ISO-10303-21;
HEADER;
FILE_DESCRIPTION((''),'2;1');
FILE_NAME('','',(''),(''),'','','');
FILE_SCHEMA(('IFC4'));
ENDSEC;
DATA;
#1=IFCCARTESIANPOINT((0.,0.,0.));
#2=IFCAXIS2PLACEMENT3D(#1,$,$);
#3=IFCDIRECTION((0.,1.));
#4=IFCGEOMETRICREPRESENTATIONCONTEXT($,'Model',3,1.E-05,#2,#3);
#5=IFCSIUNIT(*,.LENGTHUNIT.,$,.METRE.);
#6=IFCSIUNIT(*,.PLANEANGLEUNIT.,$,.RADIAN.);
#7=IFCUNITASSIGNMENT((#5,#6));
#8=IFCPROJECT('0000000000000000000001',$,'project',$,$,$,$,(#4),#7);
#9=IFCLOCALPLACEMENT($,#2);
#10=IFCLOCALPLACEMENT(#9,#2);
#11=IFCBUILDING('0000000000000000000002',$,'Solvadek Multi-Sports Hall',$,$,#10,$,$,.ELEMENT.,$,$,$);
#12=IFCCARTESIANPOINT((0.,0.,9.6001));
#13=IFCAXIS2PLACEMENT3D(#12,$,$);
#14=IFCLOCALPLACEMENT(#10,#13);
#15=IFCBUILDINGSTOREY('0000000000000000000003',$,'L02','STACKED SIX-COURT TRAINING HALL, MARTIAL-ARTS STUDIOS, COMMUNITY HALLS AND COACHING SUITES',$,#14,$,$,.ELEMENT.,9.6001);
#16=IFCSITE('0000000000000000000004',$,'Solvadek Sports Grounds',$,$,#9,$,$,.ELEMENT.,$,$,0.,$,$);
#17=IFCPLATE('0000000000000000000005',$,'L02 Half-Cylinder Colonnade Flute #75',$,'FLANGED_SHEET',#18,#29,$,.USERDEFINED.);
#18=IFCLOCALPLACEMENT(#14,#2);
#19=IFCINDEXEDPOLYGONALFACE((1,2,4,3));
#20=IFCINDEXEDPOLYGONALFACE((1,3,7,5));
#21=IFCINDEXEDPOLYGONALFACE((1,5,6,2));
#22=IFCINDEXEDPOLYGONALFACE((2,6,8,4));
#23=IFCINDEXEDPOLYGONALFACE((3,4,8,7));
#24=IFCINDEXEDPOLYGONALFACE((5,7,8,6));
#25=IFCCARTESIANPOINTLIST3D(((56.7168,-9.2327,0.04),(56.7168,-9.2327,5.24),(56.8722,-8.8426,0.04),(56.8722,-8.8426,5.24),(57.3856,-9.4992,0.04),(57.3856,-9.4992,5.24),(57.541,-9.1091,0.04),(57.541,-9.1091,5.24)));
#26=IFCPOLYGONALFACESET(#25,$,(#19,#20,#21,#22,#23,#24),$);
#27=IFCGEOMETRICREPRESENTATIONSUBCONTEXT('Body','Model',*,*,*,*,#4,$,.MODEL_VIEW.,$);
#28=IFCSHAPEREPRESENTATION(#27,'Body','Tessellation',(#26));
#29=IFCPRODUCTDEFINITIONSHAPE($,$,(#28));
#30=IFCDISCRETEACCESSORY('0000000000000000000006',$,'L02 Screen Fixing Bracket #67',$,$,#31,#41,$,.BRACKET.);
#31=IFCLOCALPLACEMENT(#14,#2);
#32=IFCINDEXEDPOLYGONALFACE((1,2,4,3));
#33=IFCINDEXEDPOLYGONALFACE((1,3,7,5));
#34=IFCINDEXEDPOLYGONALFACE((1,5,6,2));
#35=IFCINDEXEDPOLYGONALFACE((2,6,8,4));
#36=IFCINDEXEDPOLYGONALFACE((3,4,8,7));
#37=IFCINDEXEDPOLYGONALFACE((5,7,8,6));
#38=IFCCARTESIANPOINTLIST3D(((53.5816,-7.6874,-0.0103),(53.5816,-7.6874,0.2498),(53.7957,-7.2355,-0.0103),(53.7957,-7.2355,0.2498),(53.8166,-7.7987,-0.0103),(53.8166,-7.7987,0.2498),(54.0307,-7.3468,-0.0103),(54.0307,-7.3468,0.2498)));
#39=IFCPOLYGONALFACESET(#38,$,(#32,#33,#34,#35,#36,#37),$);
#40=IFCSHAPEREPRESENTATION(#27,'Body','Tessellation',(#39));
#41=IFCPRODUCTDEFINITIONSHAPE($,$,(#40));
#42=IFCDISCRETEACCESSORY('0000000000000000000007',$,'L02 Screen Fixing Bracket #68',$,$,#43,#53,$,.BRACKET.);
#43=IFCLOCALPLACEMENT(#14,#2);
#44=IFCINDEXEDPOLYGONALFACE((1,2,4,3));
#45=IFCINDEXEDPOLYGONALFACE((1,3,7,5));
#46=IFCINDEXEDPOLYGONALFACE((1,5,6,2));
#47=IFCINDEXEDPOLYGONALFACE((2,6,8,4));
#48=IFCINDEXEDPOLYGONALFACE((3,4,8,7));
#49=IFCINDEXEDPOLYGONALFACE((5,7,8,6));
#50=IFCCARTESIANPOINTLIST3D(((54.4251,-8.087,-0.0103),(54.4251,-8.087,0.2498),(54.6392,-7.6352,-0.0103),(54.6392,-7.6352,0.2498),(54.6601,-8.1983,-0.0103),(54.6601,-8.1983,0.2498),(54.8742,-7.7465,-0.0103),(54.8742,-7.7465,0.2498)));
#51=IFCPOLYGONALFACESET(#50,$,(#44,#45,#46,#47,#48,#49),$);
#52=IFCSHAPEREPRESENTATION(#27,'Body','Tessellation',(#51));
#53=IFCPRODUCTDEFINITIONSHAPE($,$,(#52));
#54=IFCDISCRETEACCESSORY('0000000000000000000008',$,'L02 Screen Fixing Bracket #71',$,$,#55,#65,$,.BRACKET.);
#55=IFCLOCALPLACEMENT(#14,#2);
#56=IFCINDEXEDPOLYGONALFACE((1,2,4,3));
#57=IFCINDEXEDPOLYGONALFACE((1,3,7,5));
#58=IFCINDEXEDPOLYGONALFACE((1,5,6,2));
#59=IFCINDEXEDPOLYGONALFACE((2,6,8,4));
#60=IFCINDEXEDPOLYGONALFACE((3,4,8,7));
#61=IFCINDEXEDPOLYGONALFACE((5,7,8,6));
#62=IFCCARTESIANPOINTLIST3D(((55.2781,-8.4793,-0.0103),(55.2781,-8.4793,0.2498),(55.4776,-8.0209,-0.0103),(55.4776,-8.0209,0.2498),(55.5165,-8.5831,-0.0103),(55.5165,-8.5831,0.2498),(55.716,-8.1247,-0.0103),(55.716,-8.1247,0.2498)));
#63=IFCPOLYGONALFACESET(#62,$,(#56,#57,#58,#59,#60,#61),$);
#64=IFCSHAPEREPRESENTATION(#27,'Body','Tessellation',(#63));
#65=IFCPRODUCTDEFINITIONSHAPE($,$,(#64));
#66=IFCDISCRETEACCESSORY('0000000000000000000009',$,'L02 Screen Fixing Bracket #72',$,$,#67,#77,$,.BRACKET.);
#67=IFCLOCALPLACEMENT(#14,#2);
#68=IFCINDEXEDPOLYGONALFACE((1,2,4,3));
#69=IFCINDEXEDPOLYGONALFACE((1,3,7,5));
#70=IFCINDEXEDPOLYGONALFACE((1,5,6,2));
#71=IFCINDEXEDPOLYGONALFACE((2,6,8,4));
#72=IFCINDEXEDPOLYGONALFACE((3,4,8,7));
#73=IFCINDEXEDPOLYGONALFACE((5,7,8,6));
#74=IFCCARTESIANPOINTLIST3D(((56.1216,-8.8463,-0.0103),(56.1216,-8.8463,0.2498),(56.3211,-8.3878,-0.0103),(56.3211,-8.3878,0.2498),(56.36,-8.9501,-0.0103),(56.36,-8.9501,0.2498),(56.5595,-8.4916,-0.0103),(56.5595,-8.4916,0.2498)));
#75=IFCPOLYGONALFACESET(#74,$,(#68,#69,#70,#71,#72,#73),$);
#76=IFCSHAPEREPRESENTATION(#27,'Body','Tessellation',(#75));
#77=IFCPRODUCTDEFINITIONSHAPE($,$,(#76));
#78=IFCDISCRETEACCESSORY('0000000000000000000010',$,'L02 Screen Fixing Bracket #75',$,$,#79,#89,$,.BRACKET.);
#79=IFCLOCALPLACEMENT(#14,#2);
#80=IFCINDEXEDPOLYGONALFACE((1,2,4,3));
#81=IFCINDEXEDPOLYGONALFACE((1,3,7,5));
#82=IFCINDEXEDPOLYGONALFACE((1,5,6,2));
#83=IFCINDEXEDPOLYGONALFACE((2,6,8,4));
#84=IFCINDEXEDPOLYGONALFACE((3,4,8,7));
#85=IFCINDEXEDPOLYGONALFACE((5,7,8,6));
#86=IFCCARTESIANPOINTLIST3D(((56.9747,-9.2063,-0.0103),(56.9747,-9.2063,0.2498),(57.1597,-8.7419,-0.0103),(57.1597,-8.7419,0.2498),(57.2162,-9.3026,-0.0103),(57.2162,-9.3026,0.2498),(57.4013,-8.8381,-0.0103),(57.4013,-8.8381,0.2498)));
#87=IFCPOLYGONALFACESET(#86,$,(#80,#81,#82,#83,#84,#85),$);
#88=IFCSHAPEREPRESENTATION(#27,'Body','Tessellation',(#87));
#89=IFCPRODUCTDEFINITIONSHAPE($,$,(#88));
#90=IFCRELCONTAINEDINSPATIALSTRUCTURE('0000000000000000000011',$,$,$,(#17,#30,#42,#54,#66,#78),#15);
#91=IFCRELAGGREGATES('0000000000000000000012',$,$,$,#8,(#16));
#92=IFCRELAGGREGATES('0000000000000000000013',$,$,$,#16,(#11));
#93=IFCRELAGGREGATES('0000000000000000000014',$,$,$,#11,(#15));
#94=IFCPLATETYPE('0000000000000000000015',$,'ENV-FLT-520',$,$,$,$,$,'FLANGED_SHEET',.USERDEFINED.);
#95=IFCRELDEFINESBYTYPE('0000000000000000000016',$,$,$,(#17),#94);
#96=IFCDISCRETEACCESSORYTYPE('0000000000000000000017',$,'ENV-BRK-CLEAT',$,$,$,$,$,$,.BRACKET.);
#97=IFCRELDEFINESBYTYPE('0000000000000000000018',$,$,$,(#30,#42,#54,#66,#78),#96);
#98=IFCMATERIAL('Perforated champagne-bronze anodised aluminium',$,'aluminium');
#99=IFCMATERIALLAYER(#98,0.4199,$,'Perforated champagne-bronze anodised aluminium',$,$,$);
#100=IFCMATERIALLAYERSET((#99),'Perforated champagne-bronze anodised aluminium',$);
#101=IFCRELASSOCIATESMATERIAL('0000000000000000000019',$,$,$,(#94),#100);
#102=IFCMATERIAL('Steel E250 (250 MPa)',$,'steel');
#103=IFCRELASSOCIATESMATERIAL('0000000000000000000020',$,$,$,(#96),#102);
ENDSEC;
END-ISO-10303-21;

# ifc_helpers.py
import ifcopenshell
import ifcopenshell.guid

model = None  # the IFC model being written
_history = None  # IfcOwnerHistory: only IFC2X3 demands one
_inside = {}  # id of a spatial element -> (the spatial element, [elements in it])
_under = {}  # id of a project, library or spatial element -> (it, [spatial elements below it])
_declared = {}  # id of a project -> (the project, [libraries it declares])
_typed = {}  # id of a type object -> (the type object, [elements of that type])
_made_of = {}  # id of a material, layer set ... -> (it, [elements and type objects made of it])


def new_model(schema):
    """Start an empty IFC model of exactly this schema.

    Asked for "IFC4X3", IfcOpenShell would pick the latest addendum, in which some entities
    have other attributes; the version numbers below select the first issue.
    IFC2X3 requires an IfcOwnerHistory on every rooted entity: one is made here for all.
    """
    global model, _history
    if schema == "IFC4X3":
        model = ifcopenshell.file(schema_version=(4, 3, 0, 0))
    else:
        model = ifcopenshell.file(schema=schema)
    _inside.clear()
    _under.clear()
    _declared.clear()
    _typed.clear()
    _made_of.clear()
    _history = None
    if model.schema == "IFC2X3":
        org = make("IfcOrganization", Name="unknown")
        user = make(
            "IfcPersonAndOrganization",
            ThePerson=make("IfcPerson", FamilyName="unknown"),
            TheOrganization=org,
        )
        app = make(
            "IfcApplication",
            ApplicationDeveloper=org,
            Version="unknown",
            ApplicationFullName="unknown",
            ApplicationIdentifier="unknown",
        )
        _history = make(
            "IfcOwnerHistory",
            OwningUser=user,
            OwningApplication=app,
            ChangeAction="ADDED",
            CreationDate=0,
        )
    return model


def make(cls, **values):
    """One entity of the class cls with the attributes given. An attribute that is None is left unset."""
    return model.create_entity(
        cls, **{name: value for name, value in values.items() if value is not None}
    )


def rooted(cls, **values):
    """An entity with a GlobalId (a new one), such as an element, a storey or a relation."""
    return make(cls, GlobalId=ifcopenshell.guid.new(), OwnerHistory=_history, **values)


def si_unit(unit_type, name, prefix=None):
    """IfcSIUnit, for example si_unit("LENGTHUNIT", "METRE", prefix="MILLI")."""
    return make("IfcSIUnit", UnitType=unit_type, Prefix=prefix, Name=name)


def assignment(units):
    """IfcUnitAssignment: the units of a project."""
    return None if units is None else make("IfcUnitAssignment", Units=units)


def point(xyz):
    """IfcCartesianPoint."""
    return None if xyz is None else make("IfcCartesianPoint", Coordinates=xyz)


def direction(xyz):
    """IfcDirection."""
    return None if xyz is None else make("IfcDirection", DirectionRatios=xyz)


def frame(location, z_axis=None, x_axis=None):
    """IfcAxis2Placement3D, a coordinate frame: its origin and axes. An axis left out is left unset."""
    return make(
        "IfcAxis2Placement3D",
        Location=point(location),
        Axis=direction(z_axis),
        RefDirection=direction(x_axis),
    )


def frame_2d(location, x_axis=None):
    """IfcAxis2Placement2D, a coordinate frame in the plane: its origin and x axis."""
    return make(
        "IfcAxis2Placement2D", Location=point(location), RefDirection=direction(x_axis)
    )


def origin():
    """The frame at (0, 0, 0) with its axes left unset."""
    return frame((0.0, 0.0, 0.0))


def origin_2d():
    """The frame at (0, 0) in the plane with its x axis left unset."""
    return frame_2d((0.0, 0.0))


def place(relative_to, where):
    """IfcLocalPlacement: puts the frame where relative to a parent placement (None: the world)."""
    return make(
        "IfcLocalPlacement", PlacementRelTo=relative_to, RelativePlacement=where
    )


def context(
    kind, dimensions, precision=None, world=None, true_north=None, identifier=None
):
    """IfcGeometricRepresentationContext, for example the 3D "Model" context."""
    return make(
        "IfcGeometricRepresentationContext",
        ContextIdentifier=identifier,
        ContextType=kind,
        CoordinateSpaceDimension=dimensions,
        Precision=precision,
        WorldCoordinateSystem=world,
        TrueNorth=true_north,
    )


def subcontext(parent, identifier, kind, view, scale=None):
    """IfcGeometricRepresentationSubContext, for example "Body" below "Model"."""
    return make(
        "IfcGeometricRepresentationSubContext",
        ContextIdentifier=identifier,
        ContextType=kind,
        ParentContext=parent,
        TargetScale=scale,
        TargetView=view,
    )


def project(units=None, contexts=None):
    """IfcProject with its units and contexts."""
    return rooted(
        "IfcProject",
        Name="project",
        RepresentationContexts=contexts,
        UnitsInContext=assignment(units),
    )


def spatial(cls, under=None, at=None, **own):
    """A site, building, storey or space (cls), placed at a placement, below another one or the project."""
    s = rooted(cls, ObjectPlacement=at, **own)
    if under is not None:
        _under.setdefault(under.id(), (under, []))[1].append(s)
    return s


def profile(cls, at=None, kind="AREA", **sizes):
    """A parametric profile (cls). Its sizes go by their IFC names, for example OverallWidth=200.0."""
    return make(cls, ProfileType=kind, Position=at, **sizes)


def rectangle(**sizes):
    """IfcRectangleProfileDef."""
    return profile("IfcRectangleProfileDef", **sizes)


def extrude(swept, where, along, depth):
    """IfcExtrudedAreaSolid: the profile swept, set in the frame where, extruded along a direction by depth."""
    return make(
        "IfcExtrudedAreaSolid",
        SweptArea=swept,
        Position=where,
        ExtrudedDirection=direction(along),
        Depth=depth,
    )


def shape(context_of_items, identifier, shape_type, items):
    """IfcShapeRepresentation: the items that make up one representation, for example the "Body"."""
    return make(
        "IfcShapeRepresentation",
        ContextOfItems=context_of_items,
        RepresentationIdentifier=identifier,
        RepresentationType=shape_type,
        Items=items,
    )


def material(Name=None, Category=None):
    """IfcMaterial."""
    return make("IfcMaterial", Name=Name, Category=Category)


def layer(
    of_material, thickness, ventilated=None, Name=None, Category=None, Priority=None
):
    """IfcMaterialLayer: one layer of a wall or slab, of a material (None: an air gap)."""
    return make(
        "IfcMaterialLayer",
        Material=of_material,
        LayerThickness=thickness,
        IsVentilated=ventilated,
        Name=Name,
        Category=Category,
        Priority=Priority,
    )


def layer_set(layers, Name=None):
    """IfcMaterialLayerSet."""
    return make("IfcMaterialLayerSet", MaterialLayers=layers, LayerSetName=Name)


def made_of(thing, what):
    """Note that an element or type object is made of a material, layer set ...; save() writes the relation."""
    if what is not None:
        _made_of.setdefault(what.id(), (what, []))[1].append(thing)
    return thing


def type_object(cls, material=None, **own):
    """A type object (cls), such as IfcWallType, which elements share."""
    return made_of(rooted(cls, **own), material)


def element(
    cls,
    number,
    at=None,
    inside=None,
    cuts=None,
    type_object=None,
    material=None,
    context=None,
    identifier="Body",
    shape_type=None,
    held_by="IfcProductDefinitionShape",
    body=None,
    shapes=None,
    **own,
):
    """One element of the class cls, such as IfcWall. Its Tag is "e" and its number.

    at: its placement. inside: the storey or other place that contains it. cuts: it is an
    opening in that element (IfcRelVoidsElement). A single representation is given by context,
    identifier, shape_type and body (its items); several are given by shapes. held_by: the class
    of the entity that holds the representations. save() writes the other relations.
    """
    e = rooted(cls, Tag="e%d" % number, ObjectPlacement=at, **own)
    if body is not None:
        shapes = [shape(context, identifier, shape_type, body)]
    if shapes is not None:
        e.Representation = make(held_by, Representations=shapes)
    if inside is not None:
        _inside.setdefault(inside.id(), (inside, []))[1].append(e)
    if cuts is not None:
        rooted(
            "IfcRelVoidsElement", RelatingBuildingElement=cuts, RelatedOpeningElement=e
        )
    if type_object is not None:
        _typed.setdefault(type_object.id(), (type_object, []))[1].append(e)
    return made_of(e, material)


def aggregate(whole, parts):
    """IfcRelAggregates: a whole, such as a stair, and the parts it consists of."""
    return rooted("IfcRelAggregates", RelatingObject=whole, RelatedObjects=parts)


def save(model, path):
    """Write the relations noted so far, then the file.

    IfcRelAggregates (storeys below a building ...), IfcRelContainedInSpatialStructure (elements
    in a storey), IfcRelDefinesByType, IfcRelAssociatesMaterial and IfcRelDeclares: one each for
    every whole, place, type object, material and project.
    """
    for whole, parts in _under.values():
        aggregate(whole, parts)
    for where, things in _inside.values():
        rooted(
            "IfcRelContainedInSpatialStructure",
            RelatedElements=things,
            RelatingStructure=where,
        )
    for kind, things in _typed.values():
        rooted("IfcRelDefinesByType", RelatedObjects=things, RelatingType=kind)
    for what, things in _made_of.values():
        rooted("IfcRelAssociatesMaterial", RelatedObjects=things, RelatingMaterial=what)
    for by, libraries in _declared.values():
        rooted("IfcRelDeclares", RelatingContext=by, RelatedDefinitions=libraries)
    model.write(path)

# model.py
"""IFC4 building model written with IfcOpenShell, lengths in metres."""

from ifc_helpers import new_model, si_unit, direction, frame, origin, origin_2d, place, context, subcontext, project, spatial, rectangle, extrude, material, layer, layer_set, type_object, element, save


model = new_model("IFC4")

# Units and contexts
model_context = context("Model", 3, precision=1e-05, world=origin(), true_north=direction((0.0, 1.0)))
body_context = subcontext(model_context, "Body", "Model", "MODEL_VIEW")
ifc_project = project(units=[si_unit("LENGTHUNIT", "METRE"), si_unit("PLANEANGLEUNIT", "RADIAN")], contexts=[model_context])

# Site, building, storey
site_placement = place(None, origin())
site = spatial("IfcSite", under=ifc_project, at=site_placement, Name="Solvadek Sports Grounds", CompositionType="ELEMENT", RefElevation=0.0)
building_placement = place(site_placement, origin())
building = spatial("IfcBuilding", under=site, at=building_placement, Name="Solvadek Multi-Sports Hall", CompositionType="ELEMENT")
storey_placement = place(building_placement, frame((0.0, 0.0, 9.6001)))
storey = spatial("IfcBuildingStorey", under=building, at=storey_placement, Name="L02", Description="STACKED SIX-COURT TRAINING HALL, MARTIAL-ARTS STUDIOS, COMMUNITY HALLS AND COACHING SUITES", CompositionType="ELEMENT", Elevation=9.6001)

# Shared definitions
ifc_material_1 = material(Name="Steel E250 (250 MPa)", Category="steel")

# Plate
ifc_material_2 = material(Name="Perforated champagne-bronze anodised aluminium", Category="aluminium")
ifc_layer_1 = layer(ifc_material_2, 0.4199, Name="Perforated champagne-bronze anodised aluminium")
ifc_layer_set_1 = layer_set([ifc_layer_1], Name="Perforated champagne-bronze anodised aluminium")
plate_type_1 = type_object("IfcPlateType", Name="ENV-FLT-520", ElementType="FLANGED_SHEET", PredefinedType="USERDEFINED", material=ifc_layer_set_1)
for number, where, z_axis, x_axis, name in (
    (1, (57.1289, -9.1709, 0.04), (0.0, 0.0, 1.0), (0.928981, -0.370128, 0.0), "L02 Half-Cylinder Colonnade Flute #75"),
):
    element("IfcPlate", number, at=place(storey_placement, frame(where, z_axis=z_axis, x_axis=x_axis)), inside=storey, type_object=plate_type_1, Name=name, ObjectType="FLANGED_SHEET", PredefinedType="USERDEFINED", context=body_context, shape_type="SweptSolid", body=[
        extrude(rectangle(XDim=0.72, YDim=0.4199, at=origin_2d()), origin(), (0.0, 0.0, 1.0), 5.2),
    ])

# Discrete accessories
discrete_accessory_type = type_object("IfcDiscreteAccessoryType", Name="ENV-BRK-CLEAT", PredefinedType="BRACKET", material=ifc_material_1)
for number, where, z_axis, x_axis, name in (
    (2, (53.8062, -7.5171, -0.0103), (0.0, 0.0, 1.0), (0.903719, -0.428125, 0.0), "L02 Screen Fixing Bracket #67"),
    (3, (54.6497, -7.9167, -0.0103), (0.0, 0.0, 1.0), (0.903719, -0.428125, 0.0), "L02 Screen Fixing Bracket #68"),
    (4, (55.4971, -8.302, -0.0103), (0.0, 0.0, 1.0), (0.916918, -0.399076, 0.0), "L02 Screen Fixing Bracket #71"),
    (5, (56.3406, -8.6689, -0.0103), (0.0, 0.0, 1.0), (0.916918, -0.399076, 0.0), "L02 Screen Fixing Bracket #72"),
    (6, (57.188, -9.0222, -0.0103), (0.0, 0.0, 1.0), (0.928981, -0.370128, 0.0), "L02 Screen Fixing Bracket #75"),
):
    element("IfcDiscreteAccessory", number, at=place(storey_placement, frame(where, z_axis=z_axis, x_axis=x_axis)), inside=storey, type_object=discrete_accessory_type, Name=name, PredefinedType="BRACKET", context=body_context, shape_type="SweptSolid", body=[
        extrude(rectangle(XDim=0.26, YDim=0.5, at=origin_2d()), origin(), (0.0, 0.0, 1.0), 0.26),
    ])

save(model, "model.ifc")
